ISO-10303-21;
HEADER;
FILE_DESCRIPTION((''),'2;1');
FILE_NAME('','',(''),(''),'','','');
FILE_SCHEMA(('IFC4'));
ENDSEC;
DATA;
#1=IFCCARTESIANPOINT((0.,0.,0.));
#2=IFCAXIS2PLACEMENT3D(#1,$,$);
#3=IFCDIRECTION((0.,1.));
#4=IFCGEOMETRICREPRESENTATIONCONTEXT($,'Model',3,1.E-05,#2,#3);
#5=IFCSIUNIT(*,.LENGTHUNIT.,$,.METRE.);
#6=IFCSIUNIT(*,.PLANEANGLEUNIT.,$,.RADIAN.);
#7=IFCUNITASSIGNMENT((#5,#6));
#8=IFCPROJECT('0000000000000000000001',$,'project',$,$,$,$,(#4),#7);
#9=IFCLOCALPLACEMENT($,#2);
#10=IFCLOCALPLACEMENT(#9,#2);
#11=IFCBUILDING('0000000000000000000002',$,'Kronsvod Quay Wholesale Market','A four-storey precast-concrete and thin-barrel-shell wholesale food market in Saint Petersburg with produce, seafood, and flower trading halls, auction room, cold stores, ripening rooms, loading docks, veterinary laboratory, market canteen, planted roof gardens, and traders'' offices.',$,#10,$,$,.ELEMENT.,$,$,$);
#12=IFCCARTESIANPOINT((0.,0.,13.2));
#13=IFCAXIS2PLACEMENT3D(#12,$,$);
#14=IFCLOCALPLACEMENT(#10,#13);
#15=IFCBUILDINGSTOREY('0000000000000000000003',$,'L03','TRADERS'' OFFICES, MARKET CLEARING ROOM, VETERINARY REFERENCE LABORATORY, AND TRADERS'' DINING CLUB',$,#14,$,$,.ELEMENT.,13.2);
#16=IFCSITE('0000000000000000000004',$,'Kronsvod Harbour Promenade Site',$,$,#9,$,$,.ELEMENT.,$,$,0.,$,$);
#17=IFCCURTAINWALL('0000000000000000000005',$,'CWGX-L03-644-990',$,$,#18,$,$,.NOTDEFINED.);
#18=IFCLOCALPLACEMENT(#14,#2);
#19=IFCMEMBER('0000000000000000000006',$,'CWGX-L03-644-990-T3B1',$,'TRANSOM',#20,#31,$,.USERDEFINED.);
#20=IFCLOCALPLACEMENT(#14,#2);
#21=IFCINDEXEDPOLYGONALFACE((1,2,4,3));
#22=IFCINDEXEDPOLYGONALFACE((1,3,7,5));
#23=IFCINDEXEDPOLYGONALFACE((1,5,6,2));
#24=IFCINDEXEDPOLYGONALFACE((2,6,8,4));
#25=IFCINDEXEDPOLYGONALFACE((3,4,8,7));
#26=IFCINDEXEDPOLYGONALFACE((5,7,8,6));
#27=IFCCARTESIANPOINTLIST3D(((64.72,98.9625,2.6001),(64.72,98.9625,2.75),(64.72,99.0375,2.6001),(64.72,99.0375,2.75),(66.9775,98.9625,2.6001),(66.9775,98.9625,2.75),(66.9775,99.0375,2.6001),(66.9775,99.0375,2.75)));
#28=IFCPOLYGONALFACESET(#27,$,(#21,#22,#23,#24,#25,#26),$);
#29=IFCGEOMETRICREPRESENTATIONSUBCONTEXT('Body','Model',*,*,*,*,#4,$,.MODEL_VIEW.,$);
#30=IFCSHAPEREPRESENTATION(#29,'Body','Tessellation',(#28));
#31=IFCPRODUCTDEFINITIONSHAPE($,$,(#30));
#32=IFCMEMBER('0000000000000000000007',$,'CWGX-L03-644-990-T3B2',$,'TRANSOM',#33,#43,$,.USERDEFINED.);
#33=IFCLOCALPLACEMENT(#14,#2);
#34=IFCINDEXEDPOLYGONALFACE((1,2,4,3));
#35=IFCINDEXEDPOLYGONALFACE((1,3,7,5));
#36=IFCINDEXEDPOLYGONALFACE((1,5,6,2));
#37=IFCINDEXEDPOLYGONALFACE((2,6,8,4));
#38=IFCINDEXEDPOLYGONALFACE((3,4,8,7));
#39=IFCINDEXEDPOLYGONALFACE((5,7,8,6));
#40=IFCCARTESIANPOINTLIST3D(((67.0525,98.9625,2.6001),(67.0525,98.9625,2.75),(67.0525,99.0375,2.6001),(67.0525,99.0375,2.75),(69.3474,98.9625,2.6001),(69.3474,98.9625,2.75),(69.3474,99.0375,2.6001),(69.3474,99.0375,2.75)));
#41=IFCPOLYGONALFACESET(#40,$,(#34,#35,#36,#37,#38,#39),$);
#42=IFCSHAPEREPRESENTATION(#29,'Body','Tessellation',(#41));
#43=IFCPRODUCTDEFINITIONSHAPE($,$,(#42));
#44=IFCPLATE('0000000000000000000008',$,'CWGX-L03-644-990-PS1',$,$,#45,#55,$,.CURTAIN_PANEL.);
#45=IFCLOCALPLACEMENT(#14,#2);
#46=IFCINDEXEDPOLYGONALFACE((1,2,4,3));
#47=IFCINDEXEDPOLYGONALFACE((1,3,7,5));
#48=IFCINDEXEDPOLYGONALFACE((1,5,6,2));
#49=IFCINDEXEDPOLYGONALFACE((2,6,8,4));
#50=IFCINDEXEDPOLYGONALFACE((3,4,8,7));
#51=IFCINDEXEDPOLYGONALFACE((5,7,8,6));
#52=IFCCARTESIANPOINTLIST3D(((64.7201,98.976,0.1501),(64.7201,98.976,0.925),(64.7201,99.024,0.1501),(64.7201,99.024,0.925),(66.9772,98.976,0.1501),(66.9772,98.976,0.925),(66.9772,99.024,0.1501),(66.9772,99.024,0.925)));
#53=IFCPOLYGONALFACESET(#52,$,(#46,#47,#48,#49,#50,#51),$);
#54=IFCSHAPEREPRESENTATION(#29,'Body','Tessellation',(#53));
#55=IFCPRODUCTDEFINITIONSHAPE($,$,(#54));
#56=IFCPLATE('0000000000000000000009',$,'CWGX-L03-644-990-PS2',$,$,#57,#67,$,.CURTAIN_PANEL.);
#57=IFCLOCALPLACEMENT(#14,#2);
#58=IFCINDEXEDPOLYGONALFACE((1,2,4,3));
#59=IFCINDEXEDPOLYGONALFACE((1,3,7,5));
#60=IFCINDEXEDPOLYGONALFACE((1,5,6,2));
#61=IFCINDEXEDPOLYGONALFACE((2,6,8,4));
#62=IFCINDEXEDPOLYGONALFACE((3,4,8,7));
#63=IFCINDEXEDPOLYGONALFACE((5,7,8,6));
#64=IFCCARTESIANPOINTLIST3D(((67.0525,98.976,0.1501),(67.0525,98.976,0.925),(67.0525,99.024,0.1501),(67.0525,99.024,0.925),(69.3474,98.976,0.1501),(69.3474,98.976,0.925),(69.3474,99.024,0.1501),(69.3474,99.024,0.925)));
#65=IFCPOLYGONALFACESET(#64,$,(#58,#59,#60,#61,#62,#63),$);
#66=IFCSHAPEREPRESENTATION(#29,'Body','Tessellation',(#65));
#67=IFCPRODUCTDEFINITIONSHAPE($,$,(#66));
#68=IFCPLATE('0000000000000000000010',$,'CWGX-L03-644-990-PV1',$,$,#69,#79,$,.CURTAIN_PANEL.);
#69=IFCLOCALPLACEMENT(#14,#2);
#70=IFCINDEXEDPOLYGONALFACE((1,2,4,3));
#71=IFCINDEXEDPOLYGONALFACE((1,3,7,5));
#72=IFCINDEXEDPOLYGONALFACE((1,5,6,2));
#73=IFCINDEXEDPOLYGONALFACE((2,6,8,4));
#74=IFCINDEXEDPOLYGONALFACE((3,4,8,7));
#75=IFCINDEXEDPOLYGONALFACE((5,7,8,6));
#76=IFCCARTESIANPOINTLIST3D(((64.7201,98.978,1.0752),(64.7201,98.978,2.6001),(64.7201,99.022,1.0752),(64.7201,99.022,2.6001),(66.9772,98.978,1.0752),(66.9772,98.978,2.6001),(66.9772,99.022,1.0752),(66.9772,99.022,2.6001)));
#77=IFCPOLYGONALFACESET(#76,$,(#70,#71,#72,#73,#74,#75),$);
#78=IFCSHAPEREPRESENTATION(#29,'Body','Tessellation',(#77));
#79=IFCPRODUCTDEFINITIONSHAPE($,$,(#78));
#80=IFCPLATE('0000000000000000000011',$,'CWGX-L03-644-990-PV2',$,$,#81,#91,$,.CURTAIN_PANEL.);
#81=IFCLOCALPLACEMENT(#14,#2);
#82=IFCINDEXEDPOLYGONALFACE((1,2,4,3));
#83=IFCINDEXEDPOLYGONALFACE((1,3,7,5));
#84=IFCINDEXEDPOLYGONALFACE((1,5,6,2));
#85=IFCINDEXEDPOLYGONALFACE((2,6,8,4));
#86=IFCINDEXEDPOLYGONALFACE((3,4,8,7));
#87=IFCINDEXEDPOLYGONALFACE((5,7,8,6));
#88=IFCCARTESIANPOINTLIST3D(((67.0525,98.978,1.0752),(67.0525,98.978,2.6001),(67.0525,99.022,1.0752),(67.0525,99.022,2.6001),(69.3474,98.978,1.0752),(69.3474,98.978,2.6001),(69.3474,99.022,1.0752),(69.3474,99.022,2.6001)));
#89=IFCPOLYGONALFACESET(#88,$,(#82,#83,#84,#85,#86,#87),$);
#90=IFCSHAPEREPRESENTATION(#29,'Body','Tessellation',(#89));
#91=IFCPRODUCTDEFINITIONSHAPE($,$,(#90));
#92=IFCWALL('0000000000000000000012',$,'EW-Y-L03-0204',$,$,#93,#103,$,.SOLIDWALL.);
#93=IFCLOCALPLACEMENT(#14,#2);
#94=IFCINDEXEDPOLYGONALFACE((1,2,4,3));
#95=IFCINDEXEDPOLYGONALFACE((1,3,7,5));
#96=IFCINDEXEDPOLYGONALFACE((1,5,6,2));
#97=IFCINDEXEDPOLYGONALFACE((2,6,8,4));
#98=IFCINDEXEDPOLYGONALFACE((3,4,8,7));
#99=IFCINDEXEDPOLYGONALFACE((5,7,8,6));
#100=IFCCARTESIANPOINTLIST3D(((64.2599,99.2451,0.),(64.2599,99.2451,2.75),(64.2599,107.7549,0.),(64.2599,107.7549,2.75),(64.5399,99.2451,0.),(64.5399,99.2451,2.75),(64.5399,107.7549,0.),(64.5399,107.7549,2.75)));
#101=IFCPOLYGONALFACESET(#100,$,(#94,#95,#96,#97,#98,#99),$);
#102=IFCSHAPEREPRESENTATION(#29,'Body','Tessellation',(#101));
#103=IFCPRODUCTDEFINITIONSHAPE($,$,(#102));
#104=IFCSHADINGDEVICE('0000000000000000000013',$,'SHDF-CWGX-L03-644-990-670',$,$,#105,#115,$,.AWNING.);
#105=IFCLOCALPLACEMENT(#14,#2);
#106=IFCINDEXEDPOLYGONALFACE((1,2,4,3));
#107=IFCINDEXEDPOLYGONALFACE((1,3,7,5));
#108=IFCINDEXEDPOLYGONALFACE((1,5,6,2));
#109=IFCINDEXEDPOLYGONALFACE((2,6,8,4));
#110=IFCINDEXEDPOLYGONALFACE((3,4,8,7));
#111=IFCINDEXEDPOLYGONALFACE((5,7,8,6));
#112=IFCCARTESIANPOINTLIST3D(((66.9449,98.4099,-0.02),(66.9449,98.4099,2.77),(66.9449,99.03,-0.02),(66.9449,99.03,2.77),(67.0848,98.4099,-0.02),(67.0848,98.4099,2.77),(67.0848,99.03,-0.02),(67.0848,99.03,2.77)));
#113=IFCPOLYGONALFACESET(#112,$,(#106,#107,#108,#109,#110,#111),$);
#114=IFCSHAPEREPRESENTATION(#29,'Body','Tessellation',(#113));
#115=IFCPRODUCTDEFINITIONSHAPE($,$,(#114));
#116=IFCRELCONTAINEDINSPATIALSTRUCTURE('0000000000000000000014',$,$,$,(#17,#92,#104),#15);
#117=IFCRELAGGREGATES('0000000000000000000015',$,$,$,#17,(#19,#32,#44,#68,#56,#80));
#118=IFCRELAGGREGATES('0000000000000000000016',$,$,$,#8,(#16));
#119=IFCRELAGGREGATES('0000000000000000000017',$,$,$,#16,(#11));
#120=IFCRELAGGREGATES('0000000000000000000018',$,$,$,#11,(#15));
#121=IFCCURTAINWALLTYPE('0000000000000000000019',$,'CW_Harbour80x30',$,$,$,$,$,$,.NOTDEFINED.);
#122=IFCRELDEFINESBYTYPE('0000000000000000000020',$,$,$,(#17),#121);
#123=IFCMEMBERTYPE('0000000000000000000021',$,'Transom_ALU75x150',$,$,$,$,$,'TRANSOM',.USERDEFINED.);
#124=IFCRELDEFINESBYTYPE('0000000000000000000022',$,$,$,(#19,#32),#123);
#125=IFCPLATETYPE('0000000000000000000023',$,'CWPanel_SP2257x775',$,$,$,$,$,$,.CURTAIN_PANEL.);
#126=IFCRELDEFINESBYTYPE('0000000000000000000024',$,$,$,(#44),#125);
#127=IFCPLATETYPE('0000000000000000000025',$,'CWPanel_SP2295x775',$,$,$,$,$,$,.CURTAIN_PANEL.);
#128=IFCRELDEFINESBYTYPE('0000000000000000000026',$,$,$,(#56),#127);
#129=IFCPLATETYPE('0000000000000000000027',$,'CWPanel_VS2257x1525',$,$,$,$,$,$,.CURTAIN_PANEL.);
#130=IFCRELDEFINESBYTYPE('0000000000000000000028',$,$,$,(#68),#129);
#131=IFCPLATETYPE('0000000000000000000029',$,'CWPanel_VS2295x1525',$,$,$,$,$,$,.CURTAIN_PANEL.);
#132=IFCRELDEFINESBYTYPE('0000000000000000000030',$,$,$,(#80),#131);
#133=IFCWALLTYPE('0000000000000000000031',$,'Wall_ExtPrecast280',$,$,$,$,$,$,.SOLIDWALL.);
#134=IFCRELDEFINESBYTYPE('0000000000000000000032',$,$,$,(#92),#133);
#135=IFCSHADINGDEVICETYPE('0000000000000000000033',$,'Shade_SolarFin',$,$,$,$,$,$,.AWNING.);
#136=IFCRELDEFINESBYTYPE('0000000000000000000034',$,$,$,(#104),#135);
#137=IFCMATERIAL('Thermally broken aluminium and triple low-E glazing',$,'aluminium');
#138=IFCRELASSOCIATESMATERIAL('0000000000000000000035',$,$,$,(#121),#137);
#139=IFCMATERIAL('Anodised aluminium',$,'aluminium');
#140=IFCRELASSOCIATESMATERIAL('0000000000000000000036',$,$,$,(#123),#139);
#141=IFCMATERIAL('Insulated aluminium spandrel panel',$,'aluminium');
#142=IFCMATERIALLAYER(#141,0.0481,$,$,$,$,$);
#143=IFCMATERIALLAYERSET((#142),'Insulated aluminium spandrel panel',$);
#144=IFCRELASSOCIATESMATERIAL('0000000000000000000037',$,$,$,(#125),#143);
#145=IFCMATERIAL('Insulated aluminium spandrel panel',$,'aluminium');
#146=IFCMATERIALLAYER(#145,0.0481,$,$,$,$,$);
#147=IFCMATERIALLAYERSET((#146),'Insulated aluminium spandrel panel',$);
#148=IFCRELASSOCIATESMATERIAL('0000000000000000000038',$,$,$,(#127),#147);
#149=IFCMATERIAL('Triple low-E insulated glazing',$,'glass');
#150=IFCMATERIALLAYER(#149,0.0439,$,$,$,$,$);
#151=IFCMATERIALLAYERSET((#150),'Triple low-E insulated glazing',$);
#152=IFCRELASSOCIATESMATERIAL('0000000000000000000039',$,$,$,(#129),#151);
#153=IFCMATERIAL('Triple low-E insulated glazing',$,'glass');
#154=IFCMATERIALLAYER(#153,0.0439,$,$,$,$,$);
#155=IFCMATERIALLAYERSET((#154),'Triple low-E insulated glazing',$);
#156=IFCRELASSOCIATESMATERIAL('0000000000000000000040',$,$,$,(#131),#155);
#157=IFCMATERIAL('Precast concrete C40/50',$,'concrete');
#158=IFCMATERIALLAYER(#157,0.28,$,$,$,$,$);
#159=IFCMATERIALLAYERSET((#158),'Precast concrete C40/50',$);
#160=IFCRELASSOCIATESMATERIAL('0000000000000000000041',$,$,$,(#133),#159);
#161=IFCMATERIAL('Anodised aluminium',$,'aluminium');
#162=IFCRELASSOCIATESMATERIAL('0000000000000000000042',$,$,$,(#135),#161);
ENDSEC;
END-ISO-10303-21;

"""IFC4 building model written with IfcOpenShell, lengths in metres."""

from ifc_helpers import new_model, si_unit, direction, frame, frame_2d, origin, origin_2d, place, context, subcontext, project, spatial, rectangle, extrude, material, layer, layer_set, material_profile, profile_set, type_object, element, aggregate, save


model = new_model("IFC4")

# Units and contexts
model_context = context("Model", 3, precision=1e-05, world=origin(), true_north=direction((0.0, 1.0)))
body_context = subcontext(model_context, "Body", "Model", "MODEL_VIEW")
ifc_project = project(units=[si_unit("LENGTHUNIT", "METRE"), si_unit("PLANEANGLEUNIT", "RADIAN")], contexts=[model_context])

# Site, building, storey
site_placement = place(None, origin())
site = spatial("IfcSite", under=ifc_project, at=site_placement, Name="Kronsvod Harbour Promenade Site", CompositionType="ELEMENT", RefElevation=0.0)
building_placement = place(site_placement, origin())
building = spatial("IfcBuilding", under=site, at=building_placement, Name="Kronsvod Quay Wholesale Market", Description="A four-storey precast-concrete and thin-barrel-shell wholesale food market in Saint Petersburg with produce, seafood, and flower trading halls, auction room, cold stores, ripening rooms, loading docks, veterinary laboratory, market canteen, planted roof gardens, and traders' offices.", CompositionType="ELEMENT")
storey_placement = place(building_placement, frame((0.0, 0.0, 13.2)))
storey = spatial("IfcBuildingStorey", under=building, at=storey_placement, Name="L03", Description="TRADERS' OFFICES, MARKET CLEARING ROOM, VETERINARY REFERENCE LABORATORY, AND TRADERS' DINING CLUB", CompositionType="ELEMENT", Elevation=13.2)

# Curtain wall, members, plates
ifc_material_1 = material(Name="Thermally broken aluminium and triple low-E glazing", Category="aluminium")
curtain_wall_type = type_object("IfcCurtainWallType", Name="CW_Harbour80x30", PredefinedType="NOTDEFINED", material=ifc_material_1)
curtain_wall_placement = place(storey_placement, origin())
curtain_wall = element("IfcCurtainWall", 1, at=curtain_wall_placement, inside=storey, type_object=curtain_wall_type, Name="CWGX-L03-644-990", PredefinedType="NOTDEFINED")
ifc_material_2 = material(Name="Anodised aluminium", Category="aluminium")
ifc_material_profile_1 = material_profile(ifc_material_2, rectangle(XDim=0.075, YDim=0.1499, at=origin_2d()), Name="ALUT75x150")
ifc_profile_set_1 = profile_set([ifc_material_profile_1], Name="Anodised aluminium")
member_type_1 = type_object("IfcMemberType", Name="Transom_ALU75x150", ElementType="TRANSOM", PredefinedType="USERDEFINED", material=ifc_profile_set_1)
member_1_placement = place(storey_placement, frame((64.72, 99.0, 2.675), z_axis=(1.0, 0.0, 0.0), x_axis=(0.0, 1.0, 0.0)))
member_1 = element("IfcMember", 2, at=member_1_placement, type_object=member_type_1, Name="CWGX-L03-644-990-T3B1", ObjectType="TRANSOM", PredefinedType="USERDEFINED", context=body_context, shape_type="SweptSolid", body=[
    extrude(rectangle(XDim=0.075, YDim=0.1499, at=origin_2d()), origin(), (0.0, 0.0, 1.0), 2.2576),
])
member_2_placement = place(storey_placement, frame((67.0525, 99.0, 2.675), z_axis=(1.0, 0.0, 0.0), x_axis=(0.0, 1.0, 0.0)))
member_2 = element("IfcMember", 3, at=member_2_placement, type_object=member_type_1, Name="CWGX-L03-644-990-T3B2", ObjectType="TRANSOM", PredefinedType="USERDEFINED", context=body_context, shape_type="SweptSolid", body=[
    extrude(rectangle(XDim=0.075, YDim=0.1499, at=origin_2d()), origin(), (0.0, 0.0, 1.0), 2.2949),
])
ifc_material_3 = material(Name="Insulated aluminium spandrel panel", Category="aluminium")
ifc_layer_1 = layer(ifc_material_3, 0.0481)
ifc_layer_set_1 = layer_set([ifc_layer_1], Name="Insulated aluminium spandrel panel")
plate_type_1 = type_object("IfcPlateType", Name="CWPanel_SP2257x775", PredefinedType="CURTAIN_PANEL", material=ifc_layer_set_1)
plate_1_placement = place(storey_placement, frame((65.8486, 99.0, 0.1501), z_axis=(0.0, 0.0, 1.0), x_axis=(1.0, 0.0, 0.0)))
plate_1 = element("IfcPlate", 4, at=plate_1_placement, type_object=plate_type_1, Name="CWGX-L03-644-990-PS1", PredefinedType="CURTAIN_PANEL", context=body_context, shape_type="SweptSolid", body=[
    extrude(rectangle(XDim=2.2571, YDim=0.0481, at=origin_2d()), origin(), (0.0, 0.0, 1.0), 0.7749),
])
ifc_material_4 = material(Name="Insulated aluminium spandrel panel", Category="aluminium")
ifc_layer_2 = layer(ifc_material_4, 0.0481)
ifc_layer_set_2 = layer_set([ifc_layer_2], Name="Insulated aluminium spandrel panel")
plate_type_2 = type_object("IfcPlateType", Name="CWPanel_SP2295x775", PredefinedType="CURTAIN_PANEL", material=ifc_layer_set_2)
plate_2_placement = place(storey_placement, frame((68.2, 99.0, 0.1501), z_axis=(0.0, 0.0, 1.0), x_axis=(1.0, 0.0, 0.0)))
plate_2 = element("IfcPlate", 5, at=plate_2_placement, type_object=plate_type_2, Name="CWGX-L03-644-990-PS2", PredefinedType="CURTAIN_PANEL", context=body_context, shape_type="SweptSolid", body=[
    extrude(rectangle(XDim=2.2949, YDim=0.0481, at=origin_2d()), origin(), (0.0, 0.0, 1.0), 0.7749),
])
ifc_material_5 = material(Name="Triple low-E insulated glazing", Category="glass")
ifc_layer_3 = layer(ifc_material_5, 0.0439)
ifc_layer_set_3 = layer_set([ifc_layer_3], Name="Triple low-E insulated glazing")
plate_type_3 = type_object("IfcPlateType", Name="CWPanel_VS2257x1525", PredefinedType="CURTAIN_PANEL", material=ifc_layer_set_3)
plate_3_placement = place(storey_placement, frame((65.8486, 99.0, 1.0752), z_axis=(0.0, 0.0, 1.0), x_axis=(1.0, 0.0, 0.0)))
plate_3 = element("IfcPlate", 6, at=plate_3_placement, type_object=plate_type_3, Name="CWGX-L03-644-990-PV1", PredefinedType="CURTAIN_PANEL", context=body_context, shape_type="SweptSolid", body=[
    extrude(rectangle(XDim=2.2571, YDim=0.0439, at=origin_2d()), origin(), (0.0, 0.0, 1.0), 1.5249),
])
ifc_material_6 = material(Name="Triple low-E insulated glazing", Category="glass")
ifc_layer_4 = layer(ifc_material_6, 0.0439)
ifc_layer_set_4 = layer_set([ifc_layer_4], Name="Triple low-E insulated glazing")
plate_type_4 = type_object("IfcPlateType", Name="CWPanel_VS2295x1525", PredefinedType="CURTAIN_PANEL", material=ifc_layer_set_4)
plate_4_placement = place(storey_placement, frame((68.2, 99.0, 1.0752), z_axis=(0.0, 0.0, 1.0), x_axis=(1.0, 0.0, 0.0)))
plate_4 = element("IfcPlate", 7, at=plate_4_placement, type_object=plate_type_4, Name="CWGX-L03-644-990-PV2", PredefinedType="CURTAIN_PANEL", context=body_context, shape_type="SweptSolid", body=[
    extrude(rectangle(XDim=2.2949, YDim=0.0439, at=origin_2d()), origin(), (0.0, 0.0, 1.0), 1.5249),
])
aggregate(curtain_wall, [member_1, member_2, plate_1, plate_3, plate_2, plate_4])

# Wall
ifc_material_7 = material(Name="Precast concrete C40/50", Category="concrete")
ifc_layer_5 = layer(ifc_material_7, 0.28)
ifc_layer_set_5 = layer_set([ifc_layer_5], Name="Precast concrete C40/50")
wall_type = type_object("IfcWallType", Name="Wall_ExtPrecast280", PredefinedType="SOLIDWALL", material=ifc_layer_set_5)
wall_placement = place(storey_placement, frame((64.3999, 107.7549, 0.0), z_axis=(0.0, 0.0, 1.0), x_axis=(0.0, -1.0, 0.0)))
element("IfcWall", 8, at=wall_placement, inside=storey, type_object=wall_type, Name="EW-Y-L03-0204", PredefinedType="SOLIDWALL", context=body_context, shape_type="SweptSolid", body=[
    extrude(rectangle(XDim=8.5098, YDim=0.28, at=frame_2d((4.2549, 0.0))), origin(), (0.0, 0.0, 1.0), 2.75),
])

# Shading device
ifc_material_8 = material(Name="Anodised aluminium", Category="aluminium")
shading_device_type = type_object("IfcShadingDeviceType", Name="Shade_SolarFin", PredefinedType="AWNING", material=ifc_material_8)
shading_device_placement = place(storey_placement, frame((67.0149, 98.72, -0.02), z_axis=(0.0, 0.0, 1.0), x_axis=(1.0, 0.0, 0.0)))
element("IfcShadingDevice", 9, at=shading_device_placement, inside=storey, type_object=shading_device_type, Name="SHDF-CWGX-L03-644-990-670", PredefinedType="AWNING", context=body_context, shape_type="SweptSolid", body=[
    extrude(rectangle(XDim=0.1399, YDim=0.6201, at=origin_2d()), origin(), (0.0, 0.0, 1.0), 2.79),
])

save(model, "model.ifc")
